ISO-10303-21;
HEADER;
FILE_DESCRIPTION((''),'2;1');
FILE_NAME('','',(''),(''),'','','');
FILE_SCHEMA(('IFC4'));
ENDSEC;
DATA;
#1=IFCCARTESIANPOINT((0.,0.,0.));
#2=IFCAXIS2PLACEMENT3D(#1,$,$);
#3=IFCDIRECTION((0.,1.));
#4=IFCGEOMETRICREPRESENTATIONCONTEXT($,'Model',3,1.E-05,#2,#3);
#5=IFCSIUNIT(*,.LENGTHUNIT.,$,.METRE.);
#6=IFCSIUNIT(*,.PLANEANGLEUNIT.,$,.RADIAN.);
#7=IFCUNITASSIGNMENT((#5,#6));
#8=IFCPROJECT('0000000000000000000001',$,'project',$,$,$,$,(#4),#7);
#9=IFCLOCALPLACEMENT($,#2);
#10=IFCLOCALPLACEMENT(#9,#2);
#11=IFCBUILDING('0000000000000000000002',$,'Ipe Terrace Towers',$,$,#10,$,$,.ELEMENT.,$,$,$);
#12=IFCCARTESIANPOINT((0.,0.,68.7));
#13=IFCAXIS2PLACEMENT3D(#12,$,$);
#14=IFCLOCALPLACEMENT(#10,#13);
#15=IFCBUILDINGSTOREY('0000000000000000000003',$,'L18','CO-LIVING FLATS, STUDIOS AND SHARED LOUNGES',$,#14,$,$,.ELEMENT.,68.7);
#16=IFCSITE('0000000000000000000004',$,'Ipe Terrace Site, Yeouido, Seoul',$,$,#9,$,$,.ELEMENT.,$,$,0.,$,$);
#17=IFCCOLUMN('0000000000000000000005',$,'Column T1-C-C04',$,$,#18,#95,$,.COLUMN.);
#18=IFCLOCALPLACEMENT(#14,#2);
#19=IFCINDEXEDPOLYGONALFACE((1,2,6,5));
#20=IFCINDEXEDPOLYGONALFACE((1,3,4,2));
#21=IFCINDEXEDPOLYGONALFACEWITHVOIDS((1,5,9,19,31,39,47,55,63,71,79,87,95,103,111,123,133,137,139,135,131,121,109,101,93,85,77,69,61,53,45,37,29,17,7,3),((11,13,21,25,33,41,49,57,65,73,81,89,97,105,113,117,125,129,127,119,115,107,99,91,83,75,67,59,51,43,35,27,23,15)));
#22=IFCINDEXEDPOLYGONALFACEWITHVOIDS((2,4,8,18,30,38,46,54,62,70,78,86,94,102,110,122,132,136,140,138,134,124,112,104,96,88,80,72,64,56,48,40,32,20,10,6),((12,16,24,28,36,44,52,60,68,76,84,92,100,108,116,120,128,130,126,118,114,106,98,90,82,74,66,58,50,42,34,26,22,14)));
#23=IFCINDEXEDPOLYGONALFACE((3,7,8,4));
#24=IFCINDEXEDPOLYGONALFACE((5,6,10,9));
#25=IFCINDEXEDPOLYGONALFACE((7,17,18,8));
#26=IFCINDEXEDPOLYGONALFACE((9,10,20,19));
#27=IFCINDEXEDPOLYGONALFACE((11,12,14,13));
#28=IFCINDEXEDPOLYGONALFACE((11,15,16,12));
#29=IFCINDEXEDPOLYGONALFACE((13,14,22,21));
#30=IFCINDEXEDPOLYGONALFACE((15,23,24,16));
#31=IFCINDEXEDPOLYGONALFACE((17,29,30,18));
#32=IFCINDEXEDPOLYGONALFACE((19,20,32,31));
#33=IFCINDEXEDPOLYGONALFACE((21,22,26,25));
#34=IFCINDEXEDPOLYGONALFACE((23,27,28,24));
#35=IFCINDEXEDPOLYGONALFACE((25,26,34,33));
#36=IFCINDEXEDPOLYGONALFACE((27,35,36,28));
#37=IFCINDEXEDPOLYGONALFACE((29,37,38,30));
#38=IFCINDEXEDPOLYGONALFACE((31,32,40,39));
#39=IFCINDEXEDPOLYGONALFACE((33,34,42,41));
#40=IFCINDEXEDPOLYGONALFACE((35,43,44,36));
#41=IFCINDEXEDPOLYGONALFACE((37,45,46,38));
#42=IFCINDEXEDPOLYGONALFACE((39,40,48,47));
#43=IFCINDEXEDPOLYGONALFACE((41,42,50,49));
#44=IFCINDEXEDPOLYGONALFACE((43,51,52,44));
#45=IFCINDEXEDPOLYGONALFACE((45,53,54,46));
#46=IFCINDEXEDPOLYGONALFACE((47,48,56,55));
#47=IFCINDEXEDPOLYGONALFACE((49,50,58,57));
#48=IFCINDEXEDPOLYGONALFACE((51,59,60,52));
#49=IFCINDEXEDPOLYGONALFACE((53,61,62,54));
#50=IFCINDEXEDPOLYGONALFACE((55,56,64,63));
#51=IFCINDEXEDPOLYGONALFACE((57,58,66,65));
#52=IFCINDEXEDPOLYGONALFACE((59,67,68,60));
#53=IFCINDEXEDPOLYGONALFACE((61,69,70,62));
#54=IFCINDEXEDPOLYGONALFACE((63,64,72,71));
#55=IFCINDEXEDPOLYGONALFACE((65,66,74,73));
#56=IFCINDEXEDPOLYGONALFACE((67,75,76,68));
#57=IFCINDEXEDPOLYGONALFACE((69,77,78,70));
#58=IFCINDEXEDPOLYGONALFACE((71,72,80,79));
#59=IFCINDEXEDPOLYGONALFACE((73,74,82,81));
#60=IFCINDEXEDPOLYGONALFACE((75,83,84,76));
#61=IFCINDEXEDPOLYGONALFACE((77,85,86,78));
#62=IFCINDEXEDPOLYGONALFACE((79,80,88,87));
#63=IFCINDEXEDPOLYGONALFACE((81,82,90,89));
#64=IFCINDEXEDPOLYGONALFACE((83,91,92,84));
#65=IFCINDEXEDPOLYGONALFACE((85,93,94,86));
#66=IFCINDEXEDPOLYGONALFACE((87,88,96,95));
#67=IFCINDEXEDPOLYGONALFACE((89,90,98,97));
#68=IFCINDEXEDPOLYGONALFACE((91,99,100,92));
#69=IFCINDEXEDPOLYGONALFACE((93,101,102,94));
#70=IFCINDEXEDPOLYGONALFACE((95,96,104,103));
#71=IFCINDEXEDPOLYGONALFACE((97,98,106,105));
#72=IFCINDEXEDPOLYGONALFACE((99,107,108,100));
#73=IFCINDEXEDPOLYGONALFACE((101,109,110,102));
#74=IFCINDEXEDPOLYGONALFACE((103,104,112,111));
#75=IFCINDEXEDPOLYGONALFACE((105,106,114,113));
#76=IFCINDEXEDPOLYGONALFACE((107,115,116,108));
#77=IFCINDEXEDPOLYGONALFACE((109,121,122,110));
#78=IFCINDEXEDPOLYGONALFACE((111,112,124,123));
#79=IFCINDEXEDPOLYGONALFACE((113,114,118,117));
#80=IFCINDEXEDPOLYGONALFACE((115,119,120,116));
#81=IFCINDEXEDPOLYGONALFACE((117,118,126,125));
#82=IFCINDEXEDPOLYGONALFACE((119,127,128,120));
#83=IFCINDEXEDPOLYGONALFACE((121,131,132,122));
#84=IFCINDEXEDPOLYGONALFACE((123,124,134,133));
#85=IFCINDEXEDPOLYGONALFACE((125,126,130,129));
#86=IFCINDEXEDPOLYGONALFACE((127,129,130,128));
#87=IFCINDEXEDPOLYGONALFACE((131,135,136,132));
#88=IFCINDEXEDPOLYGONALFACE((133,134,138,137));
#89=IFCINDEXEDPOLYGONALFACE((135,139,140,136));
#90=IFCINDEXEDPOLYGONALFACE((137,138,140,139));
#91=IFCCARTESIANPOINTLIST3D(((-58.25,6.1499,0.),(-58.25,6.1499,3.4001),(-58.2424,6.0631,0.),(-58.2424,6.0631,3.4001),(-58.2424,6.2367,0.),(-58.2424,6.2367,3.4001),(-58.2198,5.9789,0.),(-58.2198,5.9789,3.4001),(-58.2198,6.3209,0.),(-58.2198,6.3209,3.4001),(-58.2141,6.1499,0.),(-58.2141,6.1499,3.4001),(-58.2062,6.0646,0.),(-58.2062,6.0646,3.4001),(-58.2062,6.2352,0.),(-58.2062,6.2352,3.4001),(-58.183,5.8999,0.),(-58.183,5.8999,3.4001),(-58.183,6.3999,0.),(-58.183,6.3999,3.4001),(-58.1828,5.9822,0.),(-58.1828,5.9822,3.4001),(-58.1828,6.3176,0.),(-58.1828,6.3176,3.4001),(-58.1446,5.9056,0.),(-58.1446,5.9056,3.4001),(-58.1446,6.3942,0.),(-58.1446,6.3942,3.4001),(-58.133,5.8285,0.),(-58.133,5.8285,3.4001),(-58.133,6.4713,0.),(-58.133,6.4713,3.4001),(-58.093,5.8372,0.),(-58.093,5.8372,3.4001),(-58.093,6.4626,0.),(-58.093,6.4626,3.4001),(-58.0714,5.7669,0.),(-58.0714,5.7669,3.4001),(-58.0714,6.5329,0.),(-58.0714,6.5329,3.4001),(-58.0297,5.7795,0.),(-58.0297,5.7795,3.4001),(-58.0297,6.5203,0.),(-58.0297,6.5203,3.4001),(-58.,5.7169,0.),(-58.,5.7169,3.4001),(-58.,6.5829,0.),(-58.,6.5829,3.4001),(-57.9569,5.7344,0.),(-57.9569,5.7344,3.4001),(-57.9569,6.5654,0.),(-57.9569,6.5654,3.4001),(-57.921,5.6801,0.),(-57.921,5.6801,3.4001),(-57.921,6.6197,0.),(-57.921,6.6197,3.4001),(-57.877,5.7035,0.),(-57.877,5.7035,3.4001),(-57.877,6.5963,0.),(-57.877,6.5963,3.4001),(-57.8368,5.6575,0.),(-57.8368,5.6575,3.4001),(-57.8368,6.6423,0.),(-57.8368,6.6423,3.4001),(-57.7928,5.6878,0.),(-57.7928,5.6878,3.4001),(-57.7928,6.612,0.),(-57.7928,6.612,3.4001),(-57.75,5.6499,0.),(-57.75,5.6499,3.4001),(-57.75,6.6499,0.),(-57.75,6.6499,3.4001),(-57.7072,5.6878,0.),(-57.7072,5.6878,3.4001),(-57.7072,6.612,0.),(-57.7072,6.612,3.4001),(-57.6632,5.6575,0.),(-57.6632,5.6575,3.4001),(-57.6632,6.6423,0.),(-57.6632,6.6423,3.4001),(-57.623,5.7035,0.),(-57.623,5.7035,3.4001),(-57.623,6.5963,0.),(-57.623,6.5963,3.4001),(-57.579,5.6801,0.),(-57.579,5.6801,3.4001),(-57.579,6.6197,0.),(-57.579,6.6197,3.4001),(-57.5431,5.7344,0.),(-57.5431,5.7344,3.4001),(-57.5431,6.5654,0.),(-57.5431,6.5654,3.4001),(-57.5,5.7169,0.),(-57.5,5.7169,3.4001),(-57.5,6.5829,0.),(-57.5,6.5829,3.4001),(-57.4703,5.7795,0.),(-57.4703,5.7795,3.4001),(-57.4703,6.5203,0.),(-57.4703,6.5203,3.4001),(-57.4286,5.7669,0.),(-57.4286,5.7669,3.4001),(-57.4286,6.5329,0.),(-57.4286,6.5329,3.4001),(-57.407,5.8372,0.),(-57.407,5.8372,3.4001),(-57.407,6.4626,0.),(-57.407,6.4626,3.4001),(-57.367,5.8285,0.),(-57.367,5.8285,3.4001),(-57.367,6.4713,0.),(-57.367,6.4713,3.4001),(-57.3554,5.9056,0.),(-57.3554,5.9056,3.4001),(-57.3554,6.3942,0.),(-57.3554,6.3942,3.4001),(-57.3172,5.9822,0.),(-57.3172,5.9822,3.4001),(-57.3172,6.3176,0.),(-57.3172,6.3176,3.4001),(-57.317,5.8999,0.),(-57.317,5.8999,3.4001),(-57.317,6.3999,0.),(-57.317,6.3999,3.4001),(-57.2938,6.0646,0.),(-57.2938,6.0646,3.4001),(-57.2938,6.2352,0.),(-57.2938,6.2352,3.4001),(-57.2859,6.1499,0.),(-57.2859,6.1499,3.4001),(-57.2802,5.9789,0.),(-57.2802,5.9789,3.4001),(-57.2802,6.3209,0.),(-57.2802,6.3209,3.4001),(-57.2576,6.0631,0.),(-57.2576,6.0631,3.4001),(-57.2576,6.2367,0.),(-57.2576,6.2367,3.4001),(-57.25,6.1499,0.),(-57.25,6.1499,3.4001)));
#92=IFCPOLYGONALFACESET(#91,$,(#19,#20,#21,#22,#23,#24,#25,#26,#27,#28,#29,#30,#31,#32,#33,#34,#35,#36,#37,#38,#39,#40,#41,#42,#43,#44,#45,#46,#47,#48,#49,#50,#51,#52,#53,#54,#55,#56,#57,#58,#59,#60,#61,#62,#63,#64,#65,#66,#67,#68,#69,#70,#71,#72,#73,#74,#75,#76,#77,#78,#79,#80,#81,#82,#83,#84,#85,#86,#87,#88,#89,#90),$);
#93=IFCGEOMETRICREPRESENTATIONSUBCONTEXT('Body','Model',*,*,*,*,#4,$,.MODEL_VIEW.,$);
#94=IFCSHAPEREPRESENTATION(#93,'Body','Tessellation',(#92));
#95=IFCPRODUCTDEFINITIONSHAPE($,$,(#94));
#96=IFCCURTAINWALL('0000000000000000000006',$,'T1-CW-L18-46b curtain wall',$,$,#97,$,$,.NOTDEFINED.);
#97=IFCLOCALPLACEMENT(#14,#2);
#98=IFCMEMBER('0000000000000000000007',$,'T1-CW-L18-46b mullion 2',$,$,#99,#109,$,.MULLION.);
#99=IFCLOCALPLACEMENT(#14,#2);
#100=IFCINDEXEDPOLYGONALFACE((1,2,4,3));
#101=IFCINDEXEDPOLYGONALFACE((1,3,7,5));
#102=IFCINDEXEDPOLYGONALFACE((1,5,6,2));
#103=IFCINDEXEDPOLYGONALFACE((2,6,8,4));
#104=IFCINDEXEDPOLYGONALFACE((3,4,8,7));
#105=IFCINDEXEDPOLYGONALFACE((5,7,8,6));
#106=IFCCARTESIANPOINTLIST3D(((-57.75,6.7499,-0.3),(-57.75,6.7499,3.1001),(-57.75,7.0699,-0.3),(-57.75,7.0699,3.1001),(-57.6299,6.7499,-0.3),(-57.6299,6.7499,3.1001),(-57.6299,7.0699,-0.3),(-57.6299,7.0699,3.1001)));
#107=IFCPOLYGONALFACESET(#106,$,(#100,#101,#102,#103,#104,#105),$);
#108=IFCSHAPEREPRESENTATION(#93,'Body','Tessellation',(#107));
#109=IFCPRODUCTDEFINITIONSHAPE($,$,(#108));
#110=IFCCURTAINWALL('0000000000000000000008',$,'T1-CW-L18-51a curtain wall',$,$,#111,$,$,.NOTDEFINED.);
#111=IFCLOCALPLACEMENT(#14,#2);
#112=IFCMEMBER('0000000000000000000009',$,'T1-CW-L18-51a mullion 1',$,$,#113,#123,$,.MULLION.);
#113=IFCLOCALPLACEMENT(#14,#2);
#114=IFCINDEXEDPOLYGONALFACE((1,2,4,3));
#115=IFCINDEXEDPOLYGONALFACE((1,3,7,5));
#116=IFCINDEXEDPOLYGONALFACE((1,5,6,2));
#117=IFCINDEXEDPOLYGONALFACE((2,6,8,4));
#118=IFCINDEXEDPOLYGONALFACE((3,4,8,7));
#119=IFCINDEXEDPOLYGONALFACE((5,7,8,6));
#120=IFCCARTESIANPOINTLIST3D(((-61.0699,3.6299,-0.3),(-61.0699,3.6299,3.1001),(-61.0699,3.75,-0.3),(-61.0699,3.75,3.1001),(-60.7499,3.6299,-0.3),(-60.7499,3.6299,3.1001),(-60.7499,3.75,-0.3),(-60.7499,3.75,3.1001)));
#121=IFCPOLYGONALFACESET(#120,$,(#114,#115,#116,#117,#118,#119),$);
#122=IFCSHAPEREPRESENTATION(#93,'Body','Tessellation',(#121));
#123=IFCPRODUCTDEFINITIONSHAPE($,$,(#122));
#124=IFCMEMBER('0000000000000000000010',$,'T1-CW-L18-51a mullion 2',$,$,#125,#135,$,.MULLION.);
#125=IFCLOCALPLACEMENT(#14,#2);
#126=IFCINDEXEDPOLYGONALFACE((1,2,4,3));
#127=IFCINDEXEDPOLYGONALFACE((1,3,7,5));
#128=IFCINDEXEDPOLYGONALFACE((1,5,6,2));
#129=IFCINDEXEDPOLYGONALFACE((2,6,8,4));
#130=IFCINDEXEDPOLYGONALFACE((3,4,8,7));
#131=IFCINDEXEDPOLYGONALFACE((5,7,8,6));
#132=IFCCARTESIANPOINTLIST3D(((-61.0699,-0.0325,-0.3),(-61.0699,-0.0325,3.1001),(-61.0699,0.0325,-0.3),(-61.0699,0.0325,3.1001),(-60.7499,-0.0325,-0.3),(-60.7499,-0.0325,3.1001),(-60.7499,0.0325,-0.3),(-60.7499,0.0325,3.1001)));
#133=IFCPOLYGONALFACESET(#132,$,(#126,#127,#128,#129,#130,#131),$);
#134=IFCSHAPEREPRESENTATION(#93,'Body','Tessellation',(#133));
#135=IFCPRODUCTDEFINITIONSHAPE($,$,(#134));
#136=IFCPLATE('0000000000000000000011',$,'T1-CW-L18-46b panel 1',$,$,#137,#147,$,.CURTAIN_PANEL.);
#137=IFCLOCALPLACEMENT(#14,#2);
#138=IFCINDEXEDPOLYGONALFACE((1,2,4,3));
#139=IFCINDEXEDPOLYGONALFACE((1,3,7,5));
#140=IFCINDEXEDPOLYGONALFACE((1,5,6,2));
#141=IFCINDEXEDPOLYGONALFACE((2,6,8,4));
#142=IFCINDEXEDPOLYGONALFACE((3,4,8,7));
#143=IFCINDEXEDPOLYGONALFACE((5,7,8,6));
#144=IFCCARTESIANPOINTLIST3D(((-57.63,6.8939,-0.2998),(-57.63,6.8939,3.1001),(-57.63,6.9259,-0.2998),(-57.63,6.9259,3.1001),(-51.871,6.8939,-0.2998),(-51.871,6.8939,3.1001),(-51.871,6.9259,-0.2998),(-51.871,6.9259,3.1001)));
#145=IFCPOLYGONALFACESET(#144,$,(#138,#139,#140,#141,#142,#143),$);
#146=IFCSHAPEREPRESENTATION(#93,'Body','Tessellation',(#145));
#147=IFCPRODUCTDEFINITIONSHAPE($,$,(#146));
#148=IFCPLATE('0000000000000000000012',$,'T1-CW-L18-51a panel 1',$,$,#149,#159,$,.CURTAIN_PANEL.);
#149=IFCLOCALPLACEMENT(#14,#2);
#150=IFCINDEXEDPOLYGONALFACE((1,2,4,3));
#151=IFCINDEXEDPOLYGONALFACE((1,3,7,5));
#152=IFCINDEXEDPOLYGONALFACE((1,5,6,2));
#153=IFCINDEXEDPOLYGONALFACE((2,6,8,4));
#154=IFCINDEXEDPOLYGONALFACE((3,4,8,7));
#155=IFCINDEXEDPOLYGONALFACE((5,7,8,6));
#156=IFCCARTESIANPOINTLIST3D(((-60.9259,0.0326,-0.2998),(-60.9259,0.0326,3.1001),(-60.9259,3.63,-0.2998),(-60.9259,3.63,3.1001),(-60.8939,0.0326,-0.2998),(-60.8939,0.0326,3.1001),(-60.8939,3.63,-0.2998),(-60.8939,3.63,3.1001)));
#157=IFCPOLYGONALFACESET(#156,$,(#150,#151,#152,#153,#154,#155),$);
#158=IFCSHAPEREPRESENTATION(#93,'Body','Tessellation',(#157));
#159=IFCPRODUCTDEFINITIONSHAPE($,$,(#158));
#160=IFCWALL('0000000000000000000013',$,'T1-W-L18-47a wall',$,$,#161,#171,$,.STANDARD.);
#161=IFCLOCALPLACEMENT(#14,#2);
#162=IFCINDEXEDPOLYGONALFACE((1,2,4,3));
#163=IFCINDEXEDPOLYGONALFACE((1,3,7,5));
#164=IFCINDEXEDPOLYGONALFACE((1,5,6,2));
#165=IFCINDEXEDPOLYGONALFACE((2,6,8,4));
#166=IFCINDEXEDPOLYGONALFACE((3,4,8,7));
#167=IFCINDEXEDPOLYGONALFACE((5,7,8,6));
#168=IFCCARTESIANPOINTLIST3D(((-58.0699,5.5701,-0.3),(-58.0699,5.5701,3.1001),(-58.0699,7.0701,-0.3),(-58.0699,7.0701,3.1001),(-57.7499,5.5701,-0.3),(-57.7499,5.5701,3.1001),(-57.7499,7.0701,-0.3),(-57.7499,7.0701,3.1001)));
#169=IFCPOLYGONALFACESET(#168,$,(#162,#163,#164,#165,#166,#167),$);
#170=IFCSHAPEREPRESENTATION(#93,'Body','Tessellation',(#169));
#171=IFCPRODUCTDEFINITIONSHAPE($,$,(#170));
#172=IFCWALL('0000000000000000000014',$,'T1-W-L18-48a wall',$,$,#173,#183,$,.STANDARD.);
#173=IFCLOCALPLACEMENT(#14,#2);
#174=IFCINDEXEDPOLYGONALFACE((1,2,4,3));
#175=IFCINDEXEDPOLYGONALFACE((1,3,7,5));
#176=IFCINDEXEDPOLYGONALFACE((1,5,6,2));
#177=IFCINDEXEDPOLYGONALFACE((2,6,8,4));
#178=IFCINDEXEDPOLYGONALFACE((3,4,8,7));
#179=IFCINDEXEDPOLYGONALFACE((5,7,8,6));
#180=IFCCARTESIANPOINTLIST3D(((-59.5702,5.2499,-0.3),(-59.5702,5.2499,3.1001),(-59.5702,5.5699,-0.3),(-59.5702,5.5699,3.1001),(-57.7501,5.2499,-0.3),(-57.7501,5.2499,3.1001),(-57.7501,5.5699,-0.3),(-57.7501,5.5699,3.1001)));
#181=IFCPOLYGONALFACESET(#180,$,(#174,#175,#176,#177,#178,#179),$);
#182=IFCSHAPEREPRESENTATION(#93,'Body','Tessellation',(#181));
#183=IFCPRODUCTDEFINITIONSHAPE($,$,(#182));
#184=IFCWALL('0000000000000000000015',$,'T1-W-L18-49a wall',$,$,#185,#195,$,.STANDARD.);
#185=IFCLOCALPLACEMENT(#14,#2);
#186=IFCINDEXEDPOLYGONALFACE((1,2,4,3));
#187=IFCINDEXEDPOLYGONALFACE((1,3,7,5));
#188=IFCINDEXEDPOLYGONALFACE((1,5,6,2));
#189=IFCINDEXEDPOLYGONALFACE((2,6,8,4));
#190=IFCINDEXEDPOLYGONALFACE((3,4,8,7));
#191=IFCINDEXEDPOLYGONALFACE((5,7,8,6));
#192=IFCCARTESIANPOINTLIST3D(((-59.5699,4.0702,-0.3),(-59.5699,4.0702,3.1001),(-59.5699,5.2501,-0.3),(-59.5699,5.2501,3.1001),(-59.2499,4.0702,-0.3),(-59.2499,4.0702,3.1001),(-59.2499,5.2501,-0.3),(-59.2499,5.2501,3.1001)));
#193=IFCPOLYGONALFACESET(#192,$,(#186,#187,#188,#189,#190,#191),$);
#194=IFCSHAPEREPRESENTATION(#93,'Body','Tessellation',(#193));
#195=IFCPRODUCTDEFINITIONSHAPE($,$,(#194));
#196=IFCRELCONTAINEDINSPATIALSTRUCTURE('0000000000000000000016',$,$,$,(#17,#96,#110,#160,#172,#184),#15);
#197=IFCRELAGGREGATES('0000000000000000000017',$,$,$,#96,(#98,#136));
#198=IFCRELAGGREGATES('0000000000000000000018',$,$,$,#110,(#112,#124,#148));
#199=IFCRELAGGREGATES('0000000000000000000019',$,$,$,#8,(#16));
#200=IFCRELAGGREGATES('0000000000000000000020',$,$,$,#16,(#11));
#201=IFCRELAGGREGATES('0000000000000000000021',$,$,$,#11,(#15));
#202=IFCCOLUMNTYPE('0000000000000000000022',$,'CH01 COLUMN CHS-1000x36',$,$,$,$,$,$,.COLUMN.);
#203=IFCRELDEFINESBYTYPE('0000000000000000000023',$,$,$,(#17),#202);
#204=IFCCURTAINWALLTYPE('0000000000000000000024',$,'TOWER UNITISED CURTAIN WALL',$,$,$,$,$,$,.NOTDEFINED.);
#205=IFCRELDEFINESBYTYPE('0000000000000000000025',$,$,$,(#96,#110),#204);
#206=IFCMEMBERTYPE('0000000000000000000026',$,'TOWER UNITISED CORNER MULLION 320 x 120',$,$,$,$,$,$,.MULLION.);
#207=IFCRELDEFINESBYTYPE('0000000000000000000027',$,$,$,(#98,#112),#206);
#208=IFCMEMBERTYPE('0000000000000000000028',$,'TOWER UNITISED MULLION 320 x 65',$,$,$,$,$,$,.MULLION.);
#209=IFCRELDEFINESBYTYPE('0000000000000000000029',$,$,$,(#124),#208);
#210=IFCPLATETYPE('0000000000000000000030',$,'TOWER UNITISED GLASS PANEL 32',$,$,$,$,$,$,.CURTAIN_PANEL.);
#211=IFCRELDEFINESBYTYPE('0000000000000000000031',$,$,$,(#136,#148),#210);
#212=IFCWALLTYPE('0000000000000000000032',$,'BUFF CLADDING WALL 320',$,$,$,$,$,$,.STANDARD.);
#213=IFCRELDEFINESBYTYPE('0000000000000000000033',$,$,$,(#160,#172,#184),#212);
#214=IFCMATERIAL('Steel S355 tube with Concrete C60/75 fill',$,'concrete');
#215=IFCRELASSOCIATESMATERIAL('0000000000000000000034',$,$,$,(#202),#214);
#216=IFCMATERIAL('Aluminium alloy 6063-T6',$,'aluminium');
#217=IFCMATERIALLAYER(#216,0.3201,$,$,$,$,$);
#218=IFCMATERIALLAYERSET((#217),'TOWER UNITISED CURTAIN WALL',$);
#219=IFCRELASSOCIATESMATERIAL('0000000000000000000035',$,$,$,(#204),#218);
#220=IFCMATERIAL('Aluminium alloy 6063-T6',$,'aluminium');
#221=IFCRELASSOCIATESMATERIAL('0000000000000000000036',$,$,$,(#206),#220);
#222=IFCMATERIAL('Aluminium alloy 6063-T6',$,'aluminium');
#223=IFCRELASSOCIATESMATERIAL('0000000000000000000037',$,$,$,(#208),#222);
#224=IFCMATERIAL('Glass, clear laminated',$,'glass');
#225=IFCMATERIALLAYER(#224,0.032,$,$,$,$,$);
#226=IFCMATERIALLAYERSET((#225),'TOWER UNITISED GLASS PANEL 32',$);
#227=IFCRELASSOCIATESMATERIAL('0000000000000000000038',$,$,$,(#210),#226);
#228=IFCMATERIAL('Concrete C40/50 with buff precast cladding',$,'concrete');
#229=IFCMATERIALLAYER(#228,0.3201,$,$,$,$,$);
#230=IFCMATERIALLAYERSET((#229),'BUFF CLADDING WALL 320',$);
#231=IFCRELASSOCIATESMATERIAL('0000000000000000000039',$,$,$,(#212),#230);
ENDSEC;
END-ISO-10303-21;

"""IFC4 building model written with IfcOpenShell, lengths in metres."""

from ifc_helpers import new_model, si_unit, direction, frame, frame_2d, origin, origin_2d, place, context, subcontext, project, spatial, rectangle, hollow_circle, extrude, material, layer, layer_set, material_profile, profile_set, type_object, element, aggregate, save


model = new_model("IFC4")

# Units and contexts
model_context = context("Model", 3, precision=1e-05, world=origin(), true_north=direction((0.0, 1.0)))
body_context = subcontext(model_context, "Body", "Model", "MODEL_VIEW")
ifc_project = project(units=[si_unit("LENGTHUNIT", "METRE"), si_unit("PLANEANGLEUNIT", "RADIAN")], contexts=[model_context])

# Site, building, storey
site_placement = place(None, origin())
site = spatial("IfcSite", under=ifc_project, at=site_placement, Name="Ipe Terrace Site, Yeouido, Seoul", CompositionType="ELEMENT", RefElevation=0.0)
building_placement = place(site_placement, origin())
building = spatial("IfcBuilding", under=site, at=building_placement, Name="Ipe Terrace Towers", CompositionType="ELEMENT")
storey_placement = place(building_placement, frame((0.0, 0.0, 68.7)))
storey = spatial("IfcBuildingStorey", under=building, at=storey_placement, Name="L18", Description="CO-LIVING FLATS, STUDIOS AND SHARED LOUNGES", CompositionType="ELEMENT", Elevation=68.7)

# Column
ifc_material_1 = material(Name="Steel S355 tube with Concrete C60/75 fill", Category="concrete")
ifc_material_profile_1 = material_profile(ifc_material_1, hollow_circle(Radius=0.5, WallThickness=0.0359, at=origin_2d()), Name="CHS-1000x36")
ifc_profile_set_1 = profile_set([ifc_material_profile_1], Name="Steel S355 tube with Concrete C60/75 fill")
column_type = type_object("IfcColumnType", Name="CH01 COLUMN CHS-1000x36", PredefinedType="COLUMN", material=ifc_profile_set_1)
column_placement = place(storey_placement, frame((-57.75, 6.1499, 0.0), z_axis=(0.0, 0.0, 1.0), x_axis=(1.0, 0.0, 0.0)))
element("IfcColumn", 1, at=column_placement, inside=storey, type_object=column_type, Name="Column T1-C-C04", PredefinedType="COLUMN", context=body_context, shape_type="SweptSolid", body=[
    extrude(hollow_circle(Radius=0.5, WallThickness=0.0359, at=origin_2d()), origin(), (0.0, 0.0, 1.0), 3.4001),
])

# Curtain wall, member
ifc_material_2 = material(Name="Aluminium alloy 6063-T6", Category="aluminium")
ifc_layer_1 = layer(ifc_material_2, 0.3201)
ifc_layer_set_1 = layer_set([ifc_layer_1], Name="TOWER UNITISED CURTAIN WALL")
curtain_wall_type = type_object("IfcCurtainWallType", Name="TOWER UNITISED CURTAIN WALL", PredefinedType="NOTDEFINED", material=ifc_layer_set_1)
curtain_wall_1_placement = place(storey_placement, origin())
curtain_wall_1 = element("IfcCurtainWall", 2, at=curtain_wall_1_placement, inside=storey, type_object=curtain_wall_type, Name="T1-CW-L18-46b curtain wall", PredefinedType="NOTDEFINED")
ifc_material_3 = material(Name="Aluminium alloy 6063-T6", Category="aluminium")
ifc_material_profile_2 = material_profile(ifc_material_3, rectangle(XDim=0.3201, YDim=0.1201, at=origin_2d()), Name="TOWER UNITISED CORNER MULLION 320 x 120")
ifc_profile_set_2 = profile_set([ifc_material_profile_2], Name="Aluminium alloy 6063-T6")
member_type_1 = type_object("IfcMemberType", Name="TOWER UNITISED CORNER MULLION 320 x 120", PredefinedType="MULLION", material=ifc_profile_set_2)
member_1_placement = place(storey_placement, frame((-57.6899, 6.9099, -0.3), z_axis=(0.0, 0.0, 1.0), x_axis=(0.0, 1.0, 0.0)))
member_1 = element("IfcMember", 3, at=member_1_placement, type_object=member_type_1, Name="T1-CW-L18-46b mullion 2", PredefinedType="MULLION", context=body_context, shape_type="SweptSolid", body=[
    extrude(rectangle(XDim=0.3201, YDim=0.1201, at=origin_2d()), origin(), (0.0, 0.0, 1.0), 3.4001),
])

# Curtain wall, members
curtain_wall_2_placement = place(storey_placement, origin())
curtain_wall_2 = element("IfcCurtainWall", 4, at=curtain_wall_2_placement, inside=storey, type_object=curtain_wall_type, Name="T1-CW-L18-51a curtain wall", PredefinedType="NOTDEFINED")
member_2_placement = place(storey_placement, frame((-60.9099, 3.6899, -0.3), z_axis=(0.0, 0.0, 1.0), x_axis=(-1.0, 0.0, 0.0)))
member_2 = element("IfcMember", 5, at=member_2_placement, type_object=member_type_1, Name="T1-CW-L18-51a mullion 1", PredefinedType="MULLION", context=body_context, shape_type="SweptSolid", body=[
    extrude(rectangle(XDim=0.3201, YDim=0.1201, at=origin_2d()), origin(), (0.0, 0.0, 1.0), 3.4001),
])
ifc_material_4 = material(Name="Aluminium alloy 6063-T6", Category="aluminium")
ifc_material_profile_3 = material_profile(ifc_material_4, rectangle(XDim=0.3201, YDim=0.0649, at=origin_2d()), Name="TOWER UNITISED MULLION 320 x 65")
ifc_profile_set_3 = profile_set([ifc_material_profile_3], Name="Aluminium alloy 6063-T6")
member_type_2 = type_object("IfcMemberType", Name="TOWER UNITISED MULLION 320 x 65", PredefinedType="MULLION", material=ifc_profile_set_3)
member_3_placement = place(storey_placement, frame((-60.9099, 0.0, -0.3), z_axis=(0.0, 0.0, 1.0), x_axis=(-1.0, 0.0, 0.0)))
member_3 = element("IfcMember", 6, at=member_3_placement, type_object=member_type_2, Name="T1-CW-L18-51a mullion 2", PredefinedType="MULLION", context=body_context, shape_type="SweptSolid", body=[
    extrude(rectangle(XDim=0.3201, YDim=0.0649, at=origin_2d()), origin(), (0.0, 0.0, 1.0), 3.4001),
])

# Plates
ifc_material_5 = material(Name="Glass, clear laminated", Category="glass")
ifc_layer_2 = layer(ifc_material_5, 0.032)
ifc_layer_set_2 = layer_set([ifc_layer_2], Name="TOWER UNITISED GLASS PANEL 32")
plate_type = type_object("IfcPlateType", Name="TOWER UNITISED GLASS PANEL 32", PredefinedType="CURTAIN_PANEL", material=ifc_layer_set_2)
plate_1_placement = place(storey_placement, frame((-54.7505, 6.9099, -0.2998), z_axis=(0.0, 0.0, 1.0), x_axis=(-1.0, 0.0, 0.0)))
plate_1 = element("IfcPlate", 7, at=plate_1_placement, type_object=plate_type, Name="T1-CW-L18-46b panel 1", PredefinedType="CURTAIN_PANEL", context=body_context, shape_type="SweptSolid", body=[
    extrude(rectangle(XDim=5.759, YDim=0.032, at=origin_2d()), origin(), (0.0, 0.0, 1.0), 3.3999),
])
aggregate(curtain_wall_1, [member_1, plate_1])
plate_2_placement = place(storey_placement, frame((-60.9099, 1.8313, -0.2998), z_axis=(0.0, 0.0, 1.0), x_axis=(0.0, -1.0, 0.0)))
plate_2 = element("IfcPlate", 8, at=plate_2_placement, type_object=plate_type, Name="T1-CW-L18-51a panel 1", PredefinedType="CURTAIN_PANEL", context=body_context, shape_type="SweptSolid", body=[
    extrude(rectangle(XDim=3.5974, YDim=0.032, at=origin_2d()), origin(), (0.0, 0.0, 1.0), 3.3999),
])
aggregate(curtain_wall_2, [member_2, member_3, plate_2])

# Walls
ifc_material_6 = material(Name="Concrete C40/50 with buff precast cladding", Category="concrete")
ifc_layer_3 = layer(ifc_material_6, 0.3201)
ifc_layer_set_3 = layer_set([ifc_layer_3], Name="BUFF CLADDING WALL 320")
wall_type_1 = type_object("IfcWallType", Name="BUFF CLADDING WALL 320", PredefinedType="STANDARD", material=ifc_layer_set_3)
wall_1_placement = place(storey_placement, frame((-57.9099, 7.0701, -0.3), z_axis=(0.0, 0.0, 1.0), x_axis=(0.0, -1.0, 0.0)))
element("IfcWall", 9, at=wall_1_placement, inside=storey, type_object=wall_type_1, Name="T1-W-L18-47a wall", PredefinedType="STANDARD", context=body_context, shape_type="SweptSolid", body=[
    extrude(rectangle(XDim=1.5, YDim=0.3201, at=frame_2d((0.75, 0.0))), origin(), (0.0, 0.0, 1.0), 3.4001),
])
wall_2_placement = place(storey_placement, frame((-57.75, 5.4099, -0.3), z_axis=(0.0, 0.0, 1.0), x_axis=(-1.0, 0.0, 0.0)))
element("IfcWall", 10, at=wall_2_placement, inside=storey, type_object=wall_type_1, Name="T1-W-L18-48a wall", PredefinedType="STANDARD", context=body_context, shape_type="SweptSolid", body=[
    extrude(rectangle(XDim=1.8201, YDim=0.3201, at=frame_2d((0.9102, 0.0))), origin(), (0.0, 0.0, 1.0), 3.4001),
])
wall_3_placement = place(storey_placement, frame((-59.4099, 5.25, -0.3), z_axis=(0.0, 0.0, 1.0), x_axis=(0.0, -1.0, 0.0)))
element("IfcWall", 11, at=wall_3_placement, inside=storey, type_object=wall_type_1, Name="T1-W-L18-49a wall", PredefinedType="STANDARD", context=body_context, shape_type="SweptSolid", body=[
    extrude(rectangle(XDim=1.1799, YDim=0.3201, at=frame_2d((0.5898, 0.0))), origin(), (0.0, 0.0, 1.0), 3.4001),
])

save(model, "model.ifc")
